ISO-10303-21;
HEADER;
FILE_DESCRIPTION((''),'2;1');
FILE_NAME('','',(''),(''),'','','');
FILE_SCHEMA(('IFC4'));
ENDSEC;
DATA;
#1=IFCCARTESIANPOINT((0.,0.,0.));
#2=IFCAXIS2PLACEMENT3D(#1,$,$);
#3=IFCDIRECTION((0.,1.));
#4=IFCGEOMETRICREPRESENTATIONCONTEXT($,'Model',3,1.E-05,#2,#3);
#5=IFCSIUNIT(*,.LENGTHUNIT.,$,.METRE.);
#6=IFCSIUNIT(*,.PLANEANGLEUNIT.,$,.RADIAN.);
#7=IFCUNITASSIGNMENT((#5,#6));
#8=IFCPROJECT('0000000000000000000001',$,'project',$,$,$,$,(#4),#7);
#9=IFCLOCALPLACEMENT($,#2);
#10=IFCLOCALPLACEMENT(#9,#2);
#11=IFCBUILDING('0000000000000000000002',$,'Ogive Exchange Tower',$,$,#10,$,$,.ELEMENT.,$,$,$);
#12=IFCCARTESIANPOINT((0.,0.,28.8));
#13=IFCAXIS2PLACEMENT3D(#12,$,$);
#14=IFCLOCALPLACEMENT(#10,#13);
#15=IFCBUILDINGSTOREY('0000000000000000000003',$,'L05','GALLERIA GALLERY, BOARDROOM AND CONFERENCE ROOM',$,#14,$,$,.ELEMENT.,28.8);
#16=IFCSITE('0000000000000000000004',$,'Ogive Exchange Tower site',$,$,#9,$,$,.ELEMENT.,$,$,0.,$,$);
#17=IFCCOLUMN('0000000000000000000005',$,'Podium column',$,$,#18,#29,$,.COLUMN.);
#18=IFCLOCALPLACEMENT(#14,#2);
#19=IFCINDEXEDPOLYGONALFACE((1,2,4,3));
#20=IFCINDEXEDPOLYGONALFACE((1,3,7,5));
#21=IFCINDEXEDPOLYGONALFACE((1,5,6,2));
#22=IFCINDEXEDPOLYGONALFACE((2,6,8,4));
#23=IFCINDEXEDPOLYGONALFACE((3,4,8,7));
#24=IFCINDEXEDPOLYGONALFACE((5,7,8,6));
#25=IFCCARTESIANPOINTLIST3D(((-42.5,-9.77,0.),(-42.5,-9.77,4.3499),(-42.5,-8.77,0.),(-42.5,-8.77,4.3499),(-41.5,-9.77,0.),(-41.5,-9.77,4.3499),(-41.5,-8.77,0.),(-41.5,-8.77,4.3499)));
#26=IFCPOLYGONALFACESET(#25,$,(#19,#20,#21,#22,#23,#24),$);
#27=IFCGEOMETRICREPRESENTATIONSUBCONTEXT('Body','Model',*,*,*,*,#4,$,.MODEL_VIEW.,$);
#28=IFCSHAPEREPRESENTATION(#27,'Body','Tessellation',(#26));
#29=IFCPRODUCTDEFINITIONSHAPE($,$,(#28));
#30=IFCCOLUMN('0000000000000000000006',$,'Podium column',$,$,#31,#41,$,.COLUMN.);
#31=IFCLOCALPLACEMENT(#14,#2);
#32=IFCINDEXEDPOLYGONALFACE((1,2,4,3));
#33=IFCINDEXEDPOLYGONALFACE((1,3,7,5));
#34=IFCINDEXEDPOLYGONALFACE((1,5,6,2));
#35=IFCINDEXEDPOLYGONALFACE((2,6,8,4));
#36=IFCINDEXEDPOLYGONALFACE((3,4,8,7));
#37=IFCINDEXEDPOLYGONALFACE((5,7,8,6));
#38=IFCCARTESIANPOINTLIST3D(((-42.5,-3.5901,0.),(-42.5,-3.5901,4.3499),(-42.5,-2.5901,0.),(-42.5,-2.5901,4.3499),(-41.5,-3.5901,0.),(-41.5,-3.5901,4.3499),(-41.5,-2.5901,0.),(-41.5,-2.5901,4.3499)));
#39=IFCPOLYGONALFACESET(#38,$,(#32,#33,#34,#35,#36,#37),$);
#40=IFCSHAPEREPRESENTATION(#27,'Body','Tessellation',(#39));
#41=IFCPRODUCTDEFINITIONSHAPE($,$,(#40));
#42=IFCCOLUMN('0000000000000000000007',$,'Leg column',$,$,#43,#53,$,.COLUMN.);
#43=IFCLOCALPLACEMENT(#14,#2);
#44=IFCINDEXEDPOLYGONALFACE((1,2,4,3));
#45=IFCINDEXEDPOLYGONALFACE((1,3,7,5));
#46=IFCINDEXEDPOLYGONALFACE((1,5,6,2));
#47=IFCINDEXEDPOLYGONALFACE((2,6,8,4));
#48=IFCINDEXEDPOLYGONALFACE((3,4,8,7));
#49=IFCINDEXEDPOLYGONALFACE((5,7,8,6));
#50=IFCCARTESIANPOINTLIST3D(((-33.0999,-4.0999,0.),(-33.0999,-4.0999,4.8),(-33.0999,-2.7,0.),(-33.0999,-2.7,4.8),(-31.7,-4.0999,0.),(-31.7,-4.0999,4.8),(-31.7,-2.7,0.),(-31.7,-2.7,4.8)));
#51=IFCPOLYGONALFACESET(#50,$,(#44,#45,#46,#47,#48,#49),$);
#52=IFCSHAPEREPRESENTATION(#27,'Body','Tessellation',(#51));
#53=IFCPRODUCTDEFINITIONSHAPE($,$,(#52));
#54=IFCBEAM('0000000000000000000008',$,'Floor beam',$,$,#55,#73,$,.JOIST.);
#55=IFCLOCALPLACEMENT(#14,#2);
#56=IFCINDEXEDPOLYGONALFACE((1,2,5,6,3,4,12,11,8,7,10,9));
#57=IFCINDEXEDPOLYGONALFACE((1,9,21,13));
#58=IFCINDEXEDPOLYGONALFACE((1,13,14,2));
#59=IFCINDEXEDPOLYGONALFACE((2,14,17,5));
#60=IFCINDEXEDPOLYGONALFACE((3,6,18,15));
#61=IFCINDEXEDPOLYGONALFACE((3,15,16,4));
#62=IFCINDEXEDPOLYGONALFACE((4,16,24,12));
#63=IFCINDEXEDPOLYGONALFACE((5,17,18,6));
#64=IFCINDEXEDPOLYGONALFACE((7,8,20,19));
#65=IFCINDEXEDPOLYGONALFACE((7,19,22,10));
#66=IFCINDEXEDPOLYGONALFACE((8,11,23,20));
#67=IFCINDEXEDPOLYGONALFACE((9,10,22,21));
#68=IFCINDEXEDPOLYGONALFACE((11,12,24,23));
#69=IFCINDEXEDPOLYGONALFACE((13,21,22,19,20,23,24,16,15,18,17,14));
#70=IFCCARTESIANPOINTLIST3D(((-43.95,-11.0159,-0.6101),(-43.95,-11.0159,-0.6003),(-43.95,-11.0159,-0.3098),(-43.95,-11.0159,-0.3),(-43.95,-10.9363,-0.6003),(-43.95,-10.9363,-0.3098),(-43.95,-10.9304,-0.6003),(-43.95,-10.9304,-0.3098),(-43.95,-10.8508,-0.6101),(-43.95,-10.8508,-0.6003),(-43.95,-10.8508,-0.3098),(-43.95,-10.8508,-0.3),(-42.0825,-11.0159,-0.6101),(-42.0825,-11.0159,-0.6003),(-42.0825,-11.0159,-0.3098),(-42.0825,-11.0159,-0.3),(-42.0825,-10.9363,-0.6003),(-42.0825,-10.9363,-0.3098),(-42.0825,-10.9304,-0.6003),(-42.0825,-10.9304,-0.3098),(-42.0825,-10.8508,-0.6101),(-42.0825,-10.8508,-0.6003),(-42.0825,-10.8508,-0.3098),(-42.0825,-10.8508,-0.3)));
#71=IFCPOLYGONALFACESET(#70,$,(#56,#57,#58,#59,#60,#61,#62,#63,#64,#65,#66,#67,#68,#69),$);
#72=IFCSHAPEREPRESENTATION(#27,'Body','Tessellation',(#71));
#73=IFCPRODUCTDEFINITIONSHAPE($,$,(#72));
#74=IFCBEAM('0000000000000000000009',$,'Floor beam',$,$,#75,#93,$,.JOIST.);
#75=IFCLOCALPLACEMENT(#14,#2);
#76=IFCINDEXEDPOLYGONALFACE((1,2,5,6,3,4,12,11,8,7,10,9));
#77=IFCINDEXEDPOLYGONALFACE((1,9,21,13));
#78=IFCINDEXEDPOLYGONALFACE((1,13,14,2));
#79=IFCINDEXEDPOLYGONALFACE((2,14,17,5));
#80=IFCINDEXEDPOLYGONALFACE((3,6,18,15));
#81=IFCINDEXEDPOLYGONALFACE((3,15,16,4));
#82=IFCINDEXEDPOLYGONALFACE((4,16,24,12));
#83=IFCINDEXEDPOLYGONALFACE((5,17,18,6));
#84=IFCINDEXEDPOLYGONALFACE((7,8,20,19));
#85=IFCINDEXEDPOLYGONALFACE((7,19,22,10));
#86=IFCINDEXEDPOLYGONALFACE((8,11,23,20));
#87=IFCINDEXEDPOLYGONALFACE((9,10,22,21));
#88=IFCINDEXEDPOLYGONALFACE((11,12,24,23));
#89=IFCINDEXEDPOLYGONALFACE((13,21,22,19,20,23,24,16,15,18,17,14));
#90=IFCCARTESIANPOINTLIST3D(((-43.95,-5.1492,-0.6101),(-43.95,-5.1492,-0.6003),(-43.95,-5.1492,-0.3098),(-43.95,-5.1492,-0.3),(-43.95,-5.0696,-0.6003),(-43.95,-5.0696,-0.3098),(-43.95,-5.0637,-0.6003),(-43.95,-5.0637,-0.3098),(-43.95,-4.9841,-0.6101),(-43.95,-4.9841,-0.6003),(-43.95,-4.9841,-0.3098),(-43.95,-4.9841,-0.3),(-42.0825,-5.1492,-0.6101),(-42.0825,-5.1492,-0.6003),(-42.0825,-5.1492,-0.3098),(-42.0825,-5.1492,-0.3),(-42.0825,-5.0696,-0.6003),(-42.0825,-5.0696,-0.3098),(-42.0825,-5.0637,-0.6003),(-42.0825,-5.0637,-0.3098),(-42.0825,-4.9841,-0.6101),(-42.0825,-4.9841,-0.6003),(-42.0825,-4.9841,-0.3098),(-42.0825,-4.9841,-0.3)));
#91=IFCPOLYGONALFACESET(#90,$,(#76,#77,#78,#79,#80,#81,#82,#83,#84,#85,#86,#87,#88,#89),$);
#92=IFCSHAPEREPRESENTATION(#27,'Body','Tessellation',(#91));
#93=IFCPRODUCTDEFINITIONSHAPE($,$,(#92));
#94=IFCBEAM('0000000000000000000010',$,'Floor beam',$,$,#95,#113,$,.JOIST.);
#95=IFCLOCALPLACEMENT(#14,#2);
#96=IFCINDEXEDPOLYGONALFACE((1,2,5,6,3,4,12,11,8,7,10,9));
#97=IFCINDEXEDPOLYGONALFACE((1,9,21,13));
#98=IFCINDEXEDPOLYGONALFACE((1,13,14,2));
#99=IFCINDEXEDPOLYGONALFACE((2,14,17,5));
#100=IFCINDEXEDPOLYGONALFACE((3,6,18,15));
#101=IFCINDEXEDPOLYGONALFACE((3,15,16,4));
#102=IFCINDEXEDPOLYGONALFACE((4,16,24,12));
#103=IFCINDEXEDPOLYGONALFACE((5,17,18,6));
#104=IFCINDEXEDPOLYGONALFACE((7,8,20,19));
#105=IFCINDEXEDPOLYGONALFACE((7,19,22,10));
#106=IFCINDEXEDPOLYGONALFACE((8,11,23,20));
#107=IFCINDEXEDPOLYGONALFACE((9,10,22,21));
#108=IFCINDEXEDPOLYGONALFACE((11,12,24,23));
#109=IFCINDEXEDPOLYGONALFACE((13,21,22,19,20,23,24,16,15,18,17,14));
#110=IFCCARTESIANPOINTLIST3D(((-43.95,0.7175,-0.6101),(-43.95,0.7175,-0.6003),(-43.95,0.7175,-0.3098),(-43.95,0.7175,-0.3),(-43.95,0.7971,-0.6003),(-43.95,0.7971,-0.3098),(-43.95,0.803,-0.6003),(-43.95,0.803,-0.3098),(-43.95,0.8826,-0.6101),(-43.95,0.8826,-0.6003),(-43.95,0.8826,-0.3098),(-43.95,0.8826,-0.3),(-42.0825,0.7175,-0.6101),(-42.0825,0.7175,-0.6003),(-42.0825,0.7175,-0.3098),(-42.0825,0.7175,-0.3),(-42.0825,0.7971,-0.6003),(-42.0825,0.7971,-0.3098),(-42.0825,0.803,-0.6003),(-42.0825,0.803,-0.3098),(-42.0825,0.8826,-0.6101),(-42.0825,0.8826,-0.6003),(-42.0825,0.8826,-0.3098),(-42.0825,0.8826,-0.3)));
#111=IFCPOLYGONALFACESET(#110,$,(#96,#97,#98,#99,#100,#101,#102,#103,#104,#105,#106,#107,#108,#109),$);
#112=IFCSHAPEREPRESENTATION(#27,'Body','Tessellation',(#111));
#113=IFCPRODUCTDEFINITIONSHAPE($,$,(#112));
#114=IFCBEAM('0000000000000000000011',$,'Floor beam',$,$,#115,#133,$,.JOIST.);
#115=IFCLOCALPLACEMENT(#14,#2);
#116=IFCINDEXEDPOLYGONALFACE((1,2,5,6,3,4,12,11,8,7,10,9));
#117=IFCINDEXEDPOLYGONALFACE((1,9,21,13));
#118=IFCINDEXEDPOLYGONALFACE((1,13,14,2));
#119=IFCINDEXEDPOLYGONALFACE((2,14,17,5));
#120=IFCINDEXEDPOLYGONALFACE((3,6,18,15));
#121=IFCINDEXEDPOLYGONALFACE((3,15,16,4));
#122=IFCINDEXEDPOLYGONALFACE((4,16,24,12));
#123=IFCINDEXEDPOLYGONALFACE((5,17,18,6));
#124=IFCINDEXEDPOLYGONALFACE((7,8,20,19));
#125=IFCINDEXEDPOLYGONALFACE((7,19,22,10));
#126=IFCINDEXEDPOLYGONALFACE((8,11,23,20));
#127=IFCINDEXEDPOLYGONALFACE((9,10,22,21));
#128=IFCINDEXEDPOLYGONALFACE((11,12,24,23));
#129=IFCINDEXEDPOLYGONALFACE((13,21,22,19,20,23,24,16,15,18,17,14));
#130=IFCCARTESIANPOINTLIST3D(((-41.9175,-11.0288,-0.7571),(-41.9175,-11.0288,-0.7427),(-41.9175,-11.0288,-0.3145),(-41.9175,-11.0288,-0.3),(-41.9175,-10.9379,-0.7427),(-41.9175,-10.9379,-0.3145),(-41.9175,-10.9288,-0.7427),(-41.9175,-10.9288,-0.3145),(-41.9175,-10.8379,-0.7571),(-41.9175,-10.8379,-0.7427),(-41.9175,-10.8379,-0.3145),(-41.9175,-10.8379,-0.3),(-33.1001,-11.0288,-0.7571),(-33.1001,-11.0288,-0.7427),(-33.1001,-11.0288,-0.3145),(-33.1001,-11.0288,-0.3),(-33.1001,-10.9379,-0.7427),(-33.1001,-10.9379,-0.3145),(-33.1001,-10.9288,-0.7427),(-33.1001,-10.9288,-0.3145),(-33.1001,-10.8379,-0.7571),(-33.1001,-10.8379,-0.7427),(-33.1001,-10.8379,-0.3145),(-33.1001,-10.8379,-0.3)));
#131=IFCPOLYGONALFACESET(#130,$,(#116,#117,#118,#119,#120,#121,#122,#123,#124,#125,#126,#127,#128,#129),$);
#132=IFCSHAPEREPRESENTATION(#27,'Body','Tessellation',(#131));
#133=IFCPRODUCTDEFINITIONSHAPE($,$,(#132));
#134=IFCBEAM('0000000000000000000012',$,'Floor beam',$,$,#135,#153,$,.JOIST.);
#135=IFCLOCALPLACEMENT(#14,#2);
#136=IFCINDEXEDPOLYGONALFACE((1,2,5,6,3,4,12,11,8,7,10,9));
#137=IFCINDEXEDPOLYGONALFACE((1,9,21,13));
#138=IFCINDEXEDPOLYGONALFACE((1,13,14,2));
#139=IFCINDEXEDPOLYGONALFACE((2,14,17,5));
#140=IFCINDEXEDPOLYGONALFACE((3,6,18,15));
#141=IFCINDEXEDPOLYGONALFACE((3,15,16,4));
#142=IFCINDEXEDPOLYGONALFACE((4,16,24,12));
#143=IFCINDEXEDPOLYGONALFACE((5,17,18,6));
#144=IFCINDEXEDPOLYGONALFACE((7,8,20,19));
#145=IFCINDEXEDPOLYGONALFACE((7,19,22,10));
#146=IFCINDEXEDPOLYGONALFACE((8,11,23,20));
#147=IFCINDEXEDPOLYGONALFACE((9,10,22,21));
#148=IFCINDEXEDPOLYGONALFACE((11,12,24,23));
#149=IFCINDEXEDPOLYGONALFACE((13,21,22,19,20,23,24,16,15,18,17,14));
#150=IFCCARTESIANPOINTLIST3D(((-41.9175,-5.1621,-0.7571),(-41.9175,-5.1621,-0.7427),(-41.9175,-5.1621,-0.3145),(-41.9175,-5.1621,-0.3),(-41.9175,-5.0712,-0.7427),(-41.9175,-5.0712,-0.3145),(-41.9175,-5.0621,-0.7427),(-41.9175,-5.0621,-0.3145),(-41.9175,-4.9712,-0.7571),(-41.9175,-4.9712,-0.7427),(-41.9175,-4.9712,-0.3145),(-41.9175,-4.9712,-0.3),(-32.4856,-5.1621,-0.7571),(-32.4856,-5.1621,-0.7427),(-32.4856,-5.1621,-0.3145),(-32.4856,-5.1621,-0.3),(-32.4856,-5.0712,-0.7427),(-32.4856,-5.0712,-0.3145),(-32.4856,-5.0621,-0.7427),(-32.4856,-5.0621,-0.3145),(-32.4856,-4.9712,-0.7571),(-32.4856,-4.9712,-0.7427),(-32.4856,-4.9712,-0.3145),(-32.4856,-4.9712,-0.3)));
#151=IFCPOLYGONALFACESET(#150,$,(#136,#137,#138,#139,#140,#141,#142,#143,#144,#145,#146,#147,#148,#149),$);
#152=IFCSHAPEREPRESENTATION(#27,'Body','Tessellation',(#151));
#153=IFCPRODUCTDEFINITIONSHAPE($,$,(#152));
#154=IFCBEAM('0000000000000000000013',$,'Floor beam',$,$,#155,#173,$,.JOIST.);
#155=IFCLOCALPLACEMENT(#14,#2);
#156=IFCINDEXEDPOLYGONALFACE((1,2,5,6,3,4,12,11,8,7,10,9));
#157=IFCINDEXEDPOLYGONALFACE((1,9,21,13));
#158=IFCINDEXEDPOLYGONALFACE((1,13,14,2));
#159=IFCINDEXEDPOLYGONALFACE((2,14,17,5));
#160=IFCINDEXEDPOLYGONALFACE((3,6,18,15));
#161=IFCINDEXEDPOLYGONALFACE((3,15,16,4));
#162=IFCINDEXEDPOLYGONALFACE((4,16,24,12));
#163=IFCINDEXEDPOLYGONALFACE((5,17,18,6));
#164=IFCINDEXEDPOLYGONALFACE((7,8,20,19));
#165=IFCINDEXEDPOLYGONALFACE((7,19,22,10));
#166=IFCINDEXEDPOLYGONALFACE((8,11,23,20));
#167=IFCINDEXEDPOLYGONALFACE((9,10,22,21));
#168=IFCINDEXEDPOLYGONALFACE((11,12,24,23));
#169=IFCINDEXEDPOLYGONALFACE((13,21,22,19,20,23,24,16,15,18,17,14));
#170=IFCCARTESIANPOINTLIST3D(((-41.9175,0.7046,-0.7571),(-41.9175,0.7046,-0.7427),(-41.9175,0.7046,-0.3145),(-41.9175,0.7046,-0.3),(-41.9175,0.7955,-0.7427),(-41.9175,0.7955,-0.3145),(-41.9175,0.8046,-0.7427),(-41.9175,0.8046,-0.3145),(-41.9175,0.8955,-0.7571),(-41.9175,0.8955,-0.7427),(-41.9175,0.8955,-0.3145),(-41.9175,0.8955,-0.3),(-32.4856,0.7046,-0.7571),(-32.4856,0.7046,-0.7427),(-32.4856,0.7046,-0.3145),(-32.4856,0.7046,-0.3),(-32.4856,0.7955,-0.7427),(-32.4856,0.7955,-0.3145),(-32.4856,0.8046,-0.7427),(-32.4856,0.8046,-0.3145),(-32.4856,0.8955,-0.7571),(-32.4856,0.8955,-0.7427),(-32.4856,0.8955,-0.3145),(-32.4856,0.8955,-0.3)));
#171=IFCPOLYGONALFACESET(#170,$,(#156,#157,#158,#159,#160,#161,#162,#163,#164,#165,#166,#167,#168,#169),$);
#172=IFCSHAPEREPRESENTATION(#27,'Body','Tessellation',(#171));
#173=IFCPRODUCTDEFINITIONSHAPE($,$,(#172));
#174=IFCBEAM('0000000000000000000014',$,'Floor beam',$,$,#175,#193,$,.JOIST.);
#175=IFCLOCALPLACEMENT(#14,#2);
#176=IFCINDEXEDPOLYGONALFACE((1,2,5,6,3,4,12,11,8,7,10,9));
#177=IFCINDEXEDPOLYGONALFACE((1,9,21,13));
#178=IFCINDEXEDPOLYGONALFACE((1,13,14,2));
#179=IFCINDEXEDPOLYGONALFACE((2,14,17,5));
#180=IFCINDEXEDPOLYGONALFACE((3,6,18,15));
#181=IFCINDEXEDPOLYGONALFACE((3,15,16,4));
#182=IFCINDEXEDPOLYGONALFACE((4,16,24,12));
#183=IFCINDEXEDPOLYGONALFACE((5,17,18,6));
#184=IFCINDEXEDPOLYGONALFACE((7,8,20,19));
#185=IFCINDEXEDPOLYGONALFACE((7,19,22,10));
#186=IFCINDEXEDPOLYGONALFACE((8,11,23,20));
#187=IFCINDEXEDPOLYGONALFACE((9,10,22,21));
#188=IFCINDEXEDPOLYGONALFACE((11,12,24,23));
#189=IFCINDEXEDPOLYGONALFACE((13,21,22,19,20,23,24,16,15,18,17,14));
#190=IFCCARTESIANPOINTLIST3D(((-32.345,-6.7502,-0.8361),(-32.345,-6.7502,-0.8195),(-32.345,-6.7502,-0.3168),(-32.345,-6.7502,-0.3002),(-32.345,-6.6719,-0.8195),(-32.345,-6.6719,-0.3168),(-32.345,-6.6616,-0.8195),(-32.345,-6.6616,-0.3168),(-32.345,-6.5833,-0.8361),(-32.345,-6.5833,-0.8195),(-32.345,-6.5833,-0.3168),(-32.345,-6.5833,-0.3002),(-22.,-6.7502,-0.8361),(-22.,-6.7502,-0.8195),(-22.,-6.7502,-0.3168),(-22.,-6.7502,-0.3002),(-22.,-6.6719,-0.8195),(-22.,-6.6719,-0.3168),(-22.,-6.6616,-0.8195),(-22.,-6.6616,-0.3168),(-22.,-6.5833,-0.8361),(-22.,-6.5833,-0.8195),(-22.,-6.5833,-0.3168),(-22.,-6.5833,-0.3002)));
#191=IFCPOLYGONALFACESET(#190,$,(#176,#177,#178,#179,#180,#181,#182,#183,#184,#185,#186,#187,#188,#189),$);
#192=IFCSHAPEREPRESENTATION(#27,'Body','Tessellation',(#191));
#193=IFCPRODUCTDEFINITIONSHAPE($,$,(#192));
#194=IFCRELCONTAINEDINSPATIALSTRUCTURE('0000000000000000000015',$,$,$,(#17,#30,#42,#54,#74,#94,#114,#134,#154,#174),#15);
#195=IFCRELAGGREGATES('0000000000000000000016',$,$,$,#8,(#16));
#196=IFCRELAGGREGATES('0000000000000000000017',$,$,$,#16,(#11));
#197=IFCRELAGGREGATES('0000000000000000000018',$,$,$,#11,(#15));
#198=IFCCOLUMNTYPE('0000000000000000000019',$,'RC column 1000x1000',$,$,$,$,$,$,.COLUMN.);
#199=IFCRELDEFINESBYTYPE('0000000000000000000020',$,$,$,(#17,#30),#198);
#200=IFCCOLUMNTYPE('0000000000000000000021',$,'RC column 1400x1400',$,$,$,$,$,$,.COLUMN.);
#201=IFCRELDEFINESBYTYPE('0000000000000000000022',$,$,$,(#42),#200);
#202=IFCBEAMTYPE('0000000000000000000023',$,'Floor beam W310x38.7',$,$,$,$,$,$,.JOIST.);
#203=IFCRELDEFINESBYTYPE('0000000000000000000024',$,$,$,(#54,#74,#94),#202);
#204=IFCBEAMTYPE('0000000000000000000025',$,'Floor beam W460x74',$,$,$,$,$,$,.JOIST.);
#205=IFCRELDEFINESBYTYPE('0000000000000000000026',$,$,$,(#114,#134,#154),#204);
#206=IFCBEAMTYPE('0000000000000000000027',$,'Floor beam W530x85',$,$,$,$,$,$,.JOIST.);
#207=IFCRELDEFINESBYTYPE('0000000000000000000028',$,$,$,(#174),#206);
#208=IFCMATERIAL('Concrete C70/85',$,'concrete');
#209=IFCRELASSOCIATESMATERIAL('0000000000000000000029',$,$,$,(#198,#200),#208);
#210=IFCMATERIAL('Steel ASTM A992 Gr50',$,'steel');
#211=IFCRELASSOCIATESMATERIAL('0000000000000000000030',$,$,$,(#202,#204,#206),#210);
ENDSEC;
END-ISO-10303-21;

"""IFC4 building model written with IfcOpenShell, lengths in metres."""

from ifc_helpers import new_model, si_unit, direction, frame, origin, origin_2d, place, context, subcontext, project, spatial, rectangle, i_section, extrude, material, material_profile, profile_set, type_object, element, save


model = new_model("IFC4")

# Units and contexts
model_context = context("Model", 3, precision=1e-05, world=origin(), true_north=direction((0.0, 1.0)))
body_context = subcontext(model_context, "Body", "Model", "MODEL_VIEW")
ifc_project = project(units=[si_unit("LENGTHUNIT", "METRE"), si_unit("PLANEANGLEUNIT", "RADIAN")], contexts=[model_context])

# Site, building, storey
site_placement = place(None, origin())
site = spatial("IfcSite", under=ifc_project, at=site_placement, Name="Ogive Exchange Tower site", CompositionType="ELEMENT", RefElevation=0.0)
building_placement = place(site_placement, origin())
building = spatial("IfcBuilding", under=site, at=building_placement, Name="Ogive Exchange Tower", CompositionType="ELEMENT")
storey_placement = place(building_placement, frame((0.0, 0.0, 28.8)))
storey = spatial("IfcBuildingStorey", under=building, at=storey_placement, Name="L05", Description="GALLERIA GALLERY, BOARDROOM AND CONFERENCE ROOM", CompositionType="ELEMENT", Elevation=28.8)

# Columns
ifc_material_1 = material(Name="Concrete C70/85", Category="concrete")
ifc_material_profile_1 = material_profile(ifc_material_1, rectangle(XDim=1.0, YDim=1.0, at=origin_2d()), Name="RC 1000x1000")
ifc_profile_set_1 = profile_set([ifc_material_profile_1], Name="Concrete C70/85")
column_type_1 = type_object("IfcColumnType", Name="RC column 1000x1000", PredefinedType="COLUMN", material=ifc_profile_set_1)
for number, where, z_axis, x_axis, name in (
    (1, (-42.0, -9.27, 0.0), (0.0, 0.0, 1.0), (1.0, 0.0, 0.0), "Podium column"),
    (2, (-42.0, -3.0901, 0.0), (0.0, 0.0, 1.0), (1.0, 0.0, 0.0), "Podium column"),
):
    element("IfcColumn", number, at=place(storey_placement, frame(where, z_axis=z_axis, x_axis=x_axis)), inside=storey, type_object=column_type_1, Name=name, PredefinedType="COLUMN", context=body_context, shape_type="SweptSolid", body=[
        extrude(rectangle(XDim=1.0, YDim=1.0, at=origin_2d()), origin(), (0.0, 0.0, 1.0), 4.3499),
    ])
ifc_material_profile_2 = material_profile(ifc_material_1, rectangle(XDim=1.3999, YDim=1.3999, at=origin_2d()), Name="RC 1400x1400")
ifc_profile_set_2 = profile_set([ifc_material_profile_2], Name="Concrete C70/85")
column_type_2 = type_object("IfcColumnType", Name="RC column 1400x1400", PredefinedType="COLUMN", material=ifc_profile_set_2)
column_placement = place(storey_placement, frame((-32.3999, -3.3999, 0.0), z_axis=(0.0, 0.0, 1.0), x_axis=(1.0, 0.0, 0.0)))
element("IfcColumn", 3, at=column_placement, inside=storey, type_object=column_type_2, Name="Leg column", PredefinedType="COLUMN", context=body_context, shape_type="SweptSolid", body=[
    extrude(rectangle(XDim=1.3999, YDim=1.3999, at=origin_2d()), origin(), (0.0, 0.0, 1.0), 4.8),
])

# Beams
ifc_material_2 = material(Name="Steel ASTM A992 Gr50", Category="steel")
ifc_material_profile_3 = material_profile(ifc_material_2, i_section(OverallWidth=0.165, OverallDepth=0.3101, WebThickness=0.0059, FlangeThickness=0.0098, at=origin_2d()), Name="W310x38.7")
ifc_profile_set_3 = profile_set([ifc_material_profile_3], Name="Steel ASTM A992 Gr50")
beam_type_1 = type_object("IfcBeamType", Name="Floor beam W310x38.7", PredefinedType="JOIST", material=ifc_profile_set_3)
for number, where, z_axis, x_axis, name in (
    (4, (-43.95, -10.9333, -0.4551), (1.0, 0.0, 0.0), (0.0, 1.0, 0.0), "Floor beam"),
    (5, (-43.95, -5.0667, -0.4551), (1.0, 0.0, 0.0), (0.0, 1.0, 0.0), "Floor beam"),
    (6, (-43.95, 0.8, -0.4551), (1.0, 0.0, 0.0), (0.0, 1.0, 0.0), "Floor beam"),
):
    element("IfcBeam", number, at=place(storey_placement, frame(where, z_axis=z_axis, x_axis=x_axis)), inside=storey, type_object=beam_type_1, Name=name, PredefinedType="JOIST", context=body_context, shape_type="SweptSolid", body=[
        extrude(i_section(OverallWidth=0.165, OverallDepth=0.3101, WebThickness=0.0059, FlangeThickness=0.0098, at=origin_2d()), origin(), (0.0, 0.0, 1.0), 1.8674),
    ])
ifc_material_profile_4 = material_profile(ifc_material_2, i_section(OverallWidth=0.1909, OverallDepth=0.457, WebThickness=0.009, FlangeThickness=0.0144, at=origin_2d()), Name="W460x74")
ifc_profile_set_4 = profile_set([ifc_material_profile_4], Name="Steel ASTM A992 Gr50")
beam_type_2 = type_object("IfcBeamType", Name="Floor beam W460x74", PredefinedType="JOIST", material=ifc_profile_set_4)
beam_1_placement = place(storey_placement, frame((-41.9175, -10.9333, -0.5286), z_axis=(1.0, 0.0, 0.0), x_axis=(0.0, 1.0, 0.0)))
element("IfcBeam", 7, at=beam_1_placement, inside=storey, type_object=beam_type_2, Name="Floor beam", PredefinedType="JOIST", context=body_context, shape_type="SweptSolid", body=[
    extrude(i_section(OverallWidth=0.1909, OverallDepth=0.457, WebThickness=0.009, FlangeThickness=0.0144, at=origin_2d()), origin(), (0.0, 0.0, 1.0), 8.8174),
])
for number, where, z_axis, x_axis, name in (
    (8, (-41.9175, -5.0667, -0.5286), (1.0, 0.0, 0.0), (0.0, 1.0, 0.0), "Floor beam"),
    (9, (-41.9175, 0.8, -0.5286), (1.0, 0.0, 0.0), (0.0, 1.0, 0.0), "Floor beam"),
):
    element("IfcBeam", number, at=place(storey_placement, frame(where, z_axis=z_axis, x_axis=x_axis)), inside=storey, type_object=beam_type_2, Name=name, PredefinedType="JOIST", context=body_context, shape_type="SweptSolid", body=[
        extrude(i_section(OverallWidth=0.1909, OverallDepth=0.457, WebThickness=0.009, FlangeThickness=0.0144, at=origin_2d()), origin(), (0.0, 0.0, 1.0), 9.4319),
    ])
ifc_material_profile_5 = material_profile(ifc_material_2, i_section(OverallWidth=0.167, OverallDepth=0.5359, WebThickness=0.0103, FlangeThickness=0.0166, at=origin_2d()), Name="W530x85")
ifc_profile_set_5 = profile_set([ifc_material_profile_5], Name="Steel ASTM A992 Gr50")
beam_type_3 = type_object("IfcBeamType", Name="Floor beam W530x85", PredefinedType="JOIST", material=ifc_profile_set_5)
beam_2_placement = place(storey_placement, frame((-32.345, -6.6667, -0.5681), z_axis=(1.0, 0.0, 0.0), x_axis=(0.0, 1.0, 0.0)))
element("IfcBeam", 10, at=beam_2_placement, inside=storey, type_object=beam_type_3, Name="Floor beam", PredefinedType="JOIST", context=body_context, shape_type="SweptSolid", body=[
    extrude(i_section(OverallWidth=0.167, OverallDepth=0.5359, WebThickness=0.0103, FlangeThickness=0.0166, at=origin_2d()), origin(), (0.0, 0.0, 1.0), 10.345),
])

save(model, "model.ifc")
